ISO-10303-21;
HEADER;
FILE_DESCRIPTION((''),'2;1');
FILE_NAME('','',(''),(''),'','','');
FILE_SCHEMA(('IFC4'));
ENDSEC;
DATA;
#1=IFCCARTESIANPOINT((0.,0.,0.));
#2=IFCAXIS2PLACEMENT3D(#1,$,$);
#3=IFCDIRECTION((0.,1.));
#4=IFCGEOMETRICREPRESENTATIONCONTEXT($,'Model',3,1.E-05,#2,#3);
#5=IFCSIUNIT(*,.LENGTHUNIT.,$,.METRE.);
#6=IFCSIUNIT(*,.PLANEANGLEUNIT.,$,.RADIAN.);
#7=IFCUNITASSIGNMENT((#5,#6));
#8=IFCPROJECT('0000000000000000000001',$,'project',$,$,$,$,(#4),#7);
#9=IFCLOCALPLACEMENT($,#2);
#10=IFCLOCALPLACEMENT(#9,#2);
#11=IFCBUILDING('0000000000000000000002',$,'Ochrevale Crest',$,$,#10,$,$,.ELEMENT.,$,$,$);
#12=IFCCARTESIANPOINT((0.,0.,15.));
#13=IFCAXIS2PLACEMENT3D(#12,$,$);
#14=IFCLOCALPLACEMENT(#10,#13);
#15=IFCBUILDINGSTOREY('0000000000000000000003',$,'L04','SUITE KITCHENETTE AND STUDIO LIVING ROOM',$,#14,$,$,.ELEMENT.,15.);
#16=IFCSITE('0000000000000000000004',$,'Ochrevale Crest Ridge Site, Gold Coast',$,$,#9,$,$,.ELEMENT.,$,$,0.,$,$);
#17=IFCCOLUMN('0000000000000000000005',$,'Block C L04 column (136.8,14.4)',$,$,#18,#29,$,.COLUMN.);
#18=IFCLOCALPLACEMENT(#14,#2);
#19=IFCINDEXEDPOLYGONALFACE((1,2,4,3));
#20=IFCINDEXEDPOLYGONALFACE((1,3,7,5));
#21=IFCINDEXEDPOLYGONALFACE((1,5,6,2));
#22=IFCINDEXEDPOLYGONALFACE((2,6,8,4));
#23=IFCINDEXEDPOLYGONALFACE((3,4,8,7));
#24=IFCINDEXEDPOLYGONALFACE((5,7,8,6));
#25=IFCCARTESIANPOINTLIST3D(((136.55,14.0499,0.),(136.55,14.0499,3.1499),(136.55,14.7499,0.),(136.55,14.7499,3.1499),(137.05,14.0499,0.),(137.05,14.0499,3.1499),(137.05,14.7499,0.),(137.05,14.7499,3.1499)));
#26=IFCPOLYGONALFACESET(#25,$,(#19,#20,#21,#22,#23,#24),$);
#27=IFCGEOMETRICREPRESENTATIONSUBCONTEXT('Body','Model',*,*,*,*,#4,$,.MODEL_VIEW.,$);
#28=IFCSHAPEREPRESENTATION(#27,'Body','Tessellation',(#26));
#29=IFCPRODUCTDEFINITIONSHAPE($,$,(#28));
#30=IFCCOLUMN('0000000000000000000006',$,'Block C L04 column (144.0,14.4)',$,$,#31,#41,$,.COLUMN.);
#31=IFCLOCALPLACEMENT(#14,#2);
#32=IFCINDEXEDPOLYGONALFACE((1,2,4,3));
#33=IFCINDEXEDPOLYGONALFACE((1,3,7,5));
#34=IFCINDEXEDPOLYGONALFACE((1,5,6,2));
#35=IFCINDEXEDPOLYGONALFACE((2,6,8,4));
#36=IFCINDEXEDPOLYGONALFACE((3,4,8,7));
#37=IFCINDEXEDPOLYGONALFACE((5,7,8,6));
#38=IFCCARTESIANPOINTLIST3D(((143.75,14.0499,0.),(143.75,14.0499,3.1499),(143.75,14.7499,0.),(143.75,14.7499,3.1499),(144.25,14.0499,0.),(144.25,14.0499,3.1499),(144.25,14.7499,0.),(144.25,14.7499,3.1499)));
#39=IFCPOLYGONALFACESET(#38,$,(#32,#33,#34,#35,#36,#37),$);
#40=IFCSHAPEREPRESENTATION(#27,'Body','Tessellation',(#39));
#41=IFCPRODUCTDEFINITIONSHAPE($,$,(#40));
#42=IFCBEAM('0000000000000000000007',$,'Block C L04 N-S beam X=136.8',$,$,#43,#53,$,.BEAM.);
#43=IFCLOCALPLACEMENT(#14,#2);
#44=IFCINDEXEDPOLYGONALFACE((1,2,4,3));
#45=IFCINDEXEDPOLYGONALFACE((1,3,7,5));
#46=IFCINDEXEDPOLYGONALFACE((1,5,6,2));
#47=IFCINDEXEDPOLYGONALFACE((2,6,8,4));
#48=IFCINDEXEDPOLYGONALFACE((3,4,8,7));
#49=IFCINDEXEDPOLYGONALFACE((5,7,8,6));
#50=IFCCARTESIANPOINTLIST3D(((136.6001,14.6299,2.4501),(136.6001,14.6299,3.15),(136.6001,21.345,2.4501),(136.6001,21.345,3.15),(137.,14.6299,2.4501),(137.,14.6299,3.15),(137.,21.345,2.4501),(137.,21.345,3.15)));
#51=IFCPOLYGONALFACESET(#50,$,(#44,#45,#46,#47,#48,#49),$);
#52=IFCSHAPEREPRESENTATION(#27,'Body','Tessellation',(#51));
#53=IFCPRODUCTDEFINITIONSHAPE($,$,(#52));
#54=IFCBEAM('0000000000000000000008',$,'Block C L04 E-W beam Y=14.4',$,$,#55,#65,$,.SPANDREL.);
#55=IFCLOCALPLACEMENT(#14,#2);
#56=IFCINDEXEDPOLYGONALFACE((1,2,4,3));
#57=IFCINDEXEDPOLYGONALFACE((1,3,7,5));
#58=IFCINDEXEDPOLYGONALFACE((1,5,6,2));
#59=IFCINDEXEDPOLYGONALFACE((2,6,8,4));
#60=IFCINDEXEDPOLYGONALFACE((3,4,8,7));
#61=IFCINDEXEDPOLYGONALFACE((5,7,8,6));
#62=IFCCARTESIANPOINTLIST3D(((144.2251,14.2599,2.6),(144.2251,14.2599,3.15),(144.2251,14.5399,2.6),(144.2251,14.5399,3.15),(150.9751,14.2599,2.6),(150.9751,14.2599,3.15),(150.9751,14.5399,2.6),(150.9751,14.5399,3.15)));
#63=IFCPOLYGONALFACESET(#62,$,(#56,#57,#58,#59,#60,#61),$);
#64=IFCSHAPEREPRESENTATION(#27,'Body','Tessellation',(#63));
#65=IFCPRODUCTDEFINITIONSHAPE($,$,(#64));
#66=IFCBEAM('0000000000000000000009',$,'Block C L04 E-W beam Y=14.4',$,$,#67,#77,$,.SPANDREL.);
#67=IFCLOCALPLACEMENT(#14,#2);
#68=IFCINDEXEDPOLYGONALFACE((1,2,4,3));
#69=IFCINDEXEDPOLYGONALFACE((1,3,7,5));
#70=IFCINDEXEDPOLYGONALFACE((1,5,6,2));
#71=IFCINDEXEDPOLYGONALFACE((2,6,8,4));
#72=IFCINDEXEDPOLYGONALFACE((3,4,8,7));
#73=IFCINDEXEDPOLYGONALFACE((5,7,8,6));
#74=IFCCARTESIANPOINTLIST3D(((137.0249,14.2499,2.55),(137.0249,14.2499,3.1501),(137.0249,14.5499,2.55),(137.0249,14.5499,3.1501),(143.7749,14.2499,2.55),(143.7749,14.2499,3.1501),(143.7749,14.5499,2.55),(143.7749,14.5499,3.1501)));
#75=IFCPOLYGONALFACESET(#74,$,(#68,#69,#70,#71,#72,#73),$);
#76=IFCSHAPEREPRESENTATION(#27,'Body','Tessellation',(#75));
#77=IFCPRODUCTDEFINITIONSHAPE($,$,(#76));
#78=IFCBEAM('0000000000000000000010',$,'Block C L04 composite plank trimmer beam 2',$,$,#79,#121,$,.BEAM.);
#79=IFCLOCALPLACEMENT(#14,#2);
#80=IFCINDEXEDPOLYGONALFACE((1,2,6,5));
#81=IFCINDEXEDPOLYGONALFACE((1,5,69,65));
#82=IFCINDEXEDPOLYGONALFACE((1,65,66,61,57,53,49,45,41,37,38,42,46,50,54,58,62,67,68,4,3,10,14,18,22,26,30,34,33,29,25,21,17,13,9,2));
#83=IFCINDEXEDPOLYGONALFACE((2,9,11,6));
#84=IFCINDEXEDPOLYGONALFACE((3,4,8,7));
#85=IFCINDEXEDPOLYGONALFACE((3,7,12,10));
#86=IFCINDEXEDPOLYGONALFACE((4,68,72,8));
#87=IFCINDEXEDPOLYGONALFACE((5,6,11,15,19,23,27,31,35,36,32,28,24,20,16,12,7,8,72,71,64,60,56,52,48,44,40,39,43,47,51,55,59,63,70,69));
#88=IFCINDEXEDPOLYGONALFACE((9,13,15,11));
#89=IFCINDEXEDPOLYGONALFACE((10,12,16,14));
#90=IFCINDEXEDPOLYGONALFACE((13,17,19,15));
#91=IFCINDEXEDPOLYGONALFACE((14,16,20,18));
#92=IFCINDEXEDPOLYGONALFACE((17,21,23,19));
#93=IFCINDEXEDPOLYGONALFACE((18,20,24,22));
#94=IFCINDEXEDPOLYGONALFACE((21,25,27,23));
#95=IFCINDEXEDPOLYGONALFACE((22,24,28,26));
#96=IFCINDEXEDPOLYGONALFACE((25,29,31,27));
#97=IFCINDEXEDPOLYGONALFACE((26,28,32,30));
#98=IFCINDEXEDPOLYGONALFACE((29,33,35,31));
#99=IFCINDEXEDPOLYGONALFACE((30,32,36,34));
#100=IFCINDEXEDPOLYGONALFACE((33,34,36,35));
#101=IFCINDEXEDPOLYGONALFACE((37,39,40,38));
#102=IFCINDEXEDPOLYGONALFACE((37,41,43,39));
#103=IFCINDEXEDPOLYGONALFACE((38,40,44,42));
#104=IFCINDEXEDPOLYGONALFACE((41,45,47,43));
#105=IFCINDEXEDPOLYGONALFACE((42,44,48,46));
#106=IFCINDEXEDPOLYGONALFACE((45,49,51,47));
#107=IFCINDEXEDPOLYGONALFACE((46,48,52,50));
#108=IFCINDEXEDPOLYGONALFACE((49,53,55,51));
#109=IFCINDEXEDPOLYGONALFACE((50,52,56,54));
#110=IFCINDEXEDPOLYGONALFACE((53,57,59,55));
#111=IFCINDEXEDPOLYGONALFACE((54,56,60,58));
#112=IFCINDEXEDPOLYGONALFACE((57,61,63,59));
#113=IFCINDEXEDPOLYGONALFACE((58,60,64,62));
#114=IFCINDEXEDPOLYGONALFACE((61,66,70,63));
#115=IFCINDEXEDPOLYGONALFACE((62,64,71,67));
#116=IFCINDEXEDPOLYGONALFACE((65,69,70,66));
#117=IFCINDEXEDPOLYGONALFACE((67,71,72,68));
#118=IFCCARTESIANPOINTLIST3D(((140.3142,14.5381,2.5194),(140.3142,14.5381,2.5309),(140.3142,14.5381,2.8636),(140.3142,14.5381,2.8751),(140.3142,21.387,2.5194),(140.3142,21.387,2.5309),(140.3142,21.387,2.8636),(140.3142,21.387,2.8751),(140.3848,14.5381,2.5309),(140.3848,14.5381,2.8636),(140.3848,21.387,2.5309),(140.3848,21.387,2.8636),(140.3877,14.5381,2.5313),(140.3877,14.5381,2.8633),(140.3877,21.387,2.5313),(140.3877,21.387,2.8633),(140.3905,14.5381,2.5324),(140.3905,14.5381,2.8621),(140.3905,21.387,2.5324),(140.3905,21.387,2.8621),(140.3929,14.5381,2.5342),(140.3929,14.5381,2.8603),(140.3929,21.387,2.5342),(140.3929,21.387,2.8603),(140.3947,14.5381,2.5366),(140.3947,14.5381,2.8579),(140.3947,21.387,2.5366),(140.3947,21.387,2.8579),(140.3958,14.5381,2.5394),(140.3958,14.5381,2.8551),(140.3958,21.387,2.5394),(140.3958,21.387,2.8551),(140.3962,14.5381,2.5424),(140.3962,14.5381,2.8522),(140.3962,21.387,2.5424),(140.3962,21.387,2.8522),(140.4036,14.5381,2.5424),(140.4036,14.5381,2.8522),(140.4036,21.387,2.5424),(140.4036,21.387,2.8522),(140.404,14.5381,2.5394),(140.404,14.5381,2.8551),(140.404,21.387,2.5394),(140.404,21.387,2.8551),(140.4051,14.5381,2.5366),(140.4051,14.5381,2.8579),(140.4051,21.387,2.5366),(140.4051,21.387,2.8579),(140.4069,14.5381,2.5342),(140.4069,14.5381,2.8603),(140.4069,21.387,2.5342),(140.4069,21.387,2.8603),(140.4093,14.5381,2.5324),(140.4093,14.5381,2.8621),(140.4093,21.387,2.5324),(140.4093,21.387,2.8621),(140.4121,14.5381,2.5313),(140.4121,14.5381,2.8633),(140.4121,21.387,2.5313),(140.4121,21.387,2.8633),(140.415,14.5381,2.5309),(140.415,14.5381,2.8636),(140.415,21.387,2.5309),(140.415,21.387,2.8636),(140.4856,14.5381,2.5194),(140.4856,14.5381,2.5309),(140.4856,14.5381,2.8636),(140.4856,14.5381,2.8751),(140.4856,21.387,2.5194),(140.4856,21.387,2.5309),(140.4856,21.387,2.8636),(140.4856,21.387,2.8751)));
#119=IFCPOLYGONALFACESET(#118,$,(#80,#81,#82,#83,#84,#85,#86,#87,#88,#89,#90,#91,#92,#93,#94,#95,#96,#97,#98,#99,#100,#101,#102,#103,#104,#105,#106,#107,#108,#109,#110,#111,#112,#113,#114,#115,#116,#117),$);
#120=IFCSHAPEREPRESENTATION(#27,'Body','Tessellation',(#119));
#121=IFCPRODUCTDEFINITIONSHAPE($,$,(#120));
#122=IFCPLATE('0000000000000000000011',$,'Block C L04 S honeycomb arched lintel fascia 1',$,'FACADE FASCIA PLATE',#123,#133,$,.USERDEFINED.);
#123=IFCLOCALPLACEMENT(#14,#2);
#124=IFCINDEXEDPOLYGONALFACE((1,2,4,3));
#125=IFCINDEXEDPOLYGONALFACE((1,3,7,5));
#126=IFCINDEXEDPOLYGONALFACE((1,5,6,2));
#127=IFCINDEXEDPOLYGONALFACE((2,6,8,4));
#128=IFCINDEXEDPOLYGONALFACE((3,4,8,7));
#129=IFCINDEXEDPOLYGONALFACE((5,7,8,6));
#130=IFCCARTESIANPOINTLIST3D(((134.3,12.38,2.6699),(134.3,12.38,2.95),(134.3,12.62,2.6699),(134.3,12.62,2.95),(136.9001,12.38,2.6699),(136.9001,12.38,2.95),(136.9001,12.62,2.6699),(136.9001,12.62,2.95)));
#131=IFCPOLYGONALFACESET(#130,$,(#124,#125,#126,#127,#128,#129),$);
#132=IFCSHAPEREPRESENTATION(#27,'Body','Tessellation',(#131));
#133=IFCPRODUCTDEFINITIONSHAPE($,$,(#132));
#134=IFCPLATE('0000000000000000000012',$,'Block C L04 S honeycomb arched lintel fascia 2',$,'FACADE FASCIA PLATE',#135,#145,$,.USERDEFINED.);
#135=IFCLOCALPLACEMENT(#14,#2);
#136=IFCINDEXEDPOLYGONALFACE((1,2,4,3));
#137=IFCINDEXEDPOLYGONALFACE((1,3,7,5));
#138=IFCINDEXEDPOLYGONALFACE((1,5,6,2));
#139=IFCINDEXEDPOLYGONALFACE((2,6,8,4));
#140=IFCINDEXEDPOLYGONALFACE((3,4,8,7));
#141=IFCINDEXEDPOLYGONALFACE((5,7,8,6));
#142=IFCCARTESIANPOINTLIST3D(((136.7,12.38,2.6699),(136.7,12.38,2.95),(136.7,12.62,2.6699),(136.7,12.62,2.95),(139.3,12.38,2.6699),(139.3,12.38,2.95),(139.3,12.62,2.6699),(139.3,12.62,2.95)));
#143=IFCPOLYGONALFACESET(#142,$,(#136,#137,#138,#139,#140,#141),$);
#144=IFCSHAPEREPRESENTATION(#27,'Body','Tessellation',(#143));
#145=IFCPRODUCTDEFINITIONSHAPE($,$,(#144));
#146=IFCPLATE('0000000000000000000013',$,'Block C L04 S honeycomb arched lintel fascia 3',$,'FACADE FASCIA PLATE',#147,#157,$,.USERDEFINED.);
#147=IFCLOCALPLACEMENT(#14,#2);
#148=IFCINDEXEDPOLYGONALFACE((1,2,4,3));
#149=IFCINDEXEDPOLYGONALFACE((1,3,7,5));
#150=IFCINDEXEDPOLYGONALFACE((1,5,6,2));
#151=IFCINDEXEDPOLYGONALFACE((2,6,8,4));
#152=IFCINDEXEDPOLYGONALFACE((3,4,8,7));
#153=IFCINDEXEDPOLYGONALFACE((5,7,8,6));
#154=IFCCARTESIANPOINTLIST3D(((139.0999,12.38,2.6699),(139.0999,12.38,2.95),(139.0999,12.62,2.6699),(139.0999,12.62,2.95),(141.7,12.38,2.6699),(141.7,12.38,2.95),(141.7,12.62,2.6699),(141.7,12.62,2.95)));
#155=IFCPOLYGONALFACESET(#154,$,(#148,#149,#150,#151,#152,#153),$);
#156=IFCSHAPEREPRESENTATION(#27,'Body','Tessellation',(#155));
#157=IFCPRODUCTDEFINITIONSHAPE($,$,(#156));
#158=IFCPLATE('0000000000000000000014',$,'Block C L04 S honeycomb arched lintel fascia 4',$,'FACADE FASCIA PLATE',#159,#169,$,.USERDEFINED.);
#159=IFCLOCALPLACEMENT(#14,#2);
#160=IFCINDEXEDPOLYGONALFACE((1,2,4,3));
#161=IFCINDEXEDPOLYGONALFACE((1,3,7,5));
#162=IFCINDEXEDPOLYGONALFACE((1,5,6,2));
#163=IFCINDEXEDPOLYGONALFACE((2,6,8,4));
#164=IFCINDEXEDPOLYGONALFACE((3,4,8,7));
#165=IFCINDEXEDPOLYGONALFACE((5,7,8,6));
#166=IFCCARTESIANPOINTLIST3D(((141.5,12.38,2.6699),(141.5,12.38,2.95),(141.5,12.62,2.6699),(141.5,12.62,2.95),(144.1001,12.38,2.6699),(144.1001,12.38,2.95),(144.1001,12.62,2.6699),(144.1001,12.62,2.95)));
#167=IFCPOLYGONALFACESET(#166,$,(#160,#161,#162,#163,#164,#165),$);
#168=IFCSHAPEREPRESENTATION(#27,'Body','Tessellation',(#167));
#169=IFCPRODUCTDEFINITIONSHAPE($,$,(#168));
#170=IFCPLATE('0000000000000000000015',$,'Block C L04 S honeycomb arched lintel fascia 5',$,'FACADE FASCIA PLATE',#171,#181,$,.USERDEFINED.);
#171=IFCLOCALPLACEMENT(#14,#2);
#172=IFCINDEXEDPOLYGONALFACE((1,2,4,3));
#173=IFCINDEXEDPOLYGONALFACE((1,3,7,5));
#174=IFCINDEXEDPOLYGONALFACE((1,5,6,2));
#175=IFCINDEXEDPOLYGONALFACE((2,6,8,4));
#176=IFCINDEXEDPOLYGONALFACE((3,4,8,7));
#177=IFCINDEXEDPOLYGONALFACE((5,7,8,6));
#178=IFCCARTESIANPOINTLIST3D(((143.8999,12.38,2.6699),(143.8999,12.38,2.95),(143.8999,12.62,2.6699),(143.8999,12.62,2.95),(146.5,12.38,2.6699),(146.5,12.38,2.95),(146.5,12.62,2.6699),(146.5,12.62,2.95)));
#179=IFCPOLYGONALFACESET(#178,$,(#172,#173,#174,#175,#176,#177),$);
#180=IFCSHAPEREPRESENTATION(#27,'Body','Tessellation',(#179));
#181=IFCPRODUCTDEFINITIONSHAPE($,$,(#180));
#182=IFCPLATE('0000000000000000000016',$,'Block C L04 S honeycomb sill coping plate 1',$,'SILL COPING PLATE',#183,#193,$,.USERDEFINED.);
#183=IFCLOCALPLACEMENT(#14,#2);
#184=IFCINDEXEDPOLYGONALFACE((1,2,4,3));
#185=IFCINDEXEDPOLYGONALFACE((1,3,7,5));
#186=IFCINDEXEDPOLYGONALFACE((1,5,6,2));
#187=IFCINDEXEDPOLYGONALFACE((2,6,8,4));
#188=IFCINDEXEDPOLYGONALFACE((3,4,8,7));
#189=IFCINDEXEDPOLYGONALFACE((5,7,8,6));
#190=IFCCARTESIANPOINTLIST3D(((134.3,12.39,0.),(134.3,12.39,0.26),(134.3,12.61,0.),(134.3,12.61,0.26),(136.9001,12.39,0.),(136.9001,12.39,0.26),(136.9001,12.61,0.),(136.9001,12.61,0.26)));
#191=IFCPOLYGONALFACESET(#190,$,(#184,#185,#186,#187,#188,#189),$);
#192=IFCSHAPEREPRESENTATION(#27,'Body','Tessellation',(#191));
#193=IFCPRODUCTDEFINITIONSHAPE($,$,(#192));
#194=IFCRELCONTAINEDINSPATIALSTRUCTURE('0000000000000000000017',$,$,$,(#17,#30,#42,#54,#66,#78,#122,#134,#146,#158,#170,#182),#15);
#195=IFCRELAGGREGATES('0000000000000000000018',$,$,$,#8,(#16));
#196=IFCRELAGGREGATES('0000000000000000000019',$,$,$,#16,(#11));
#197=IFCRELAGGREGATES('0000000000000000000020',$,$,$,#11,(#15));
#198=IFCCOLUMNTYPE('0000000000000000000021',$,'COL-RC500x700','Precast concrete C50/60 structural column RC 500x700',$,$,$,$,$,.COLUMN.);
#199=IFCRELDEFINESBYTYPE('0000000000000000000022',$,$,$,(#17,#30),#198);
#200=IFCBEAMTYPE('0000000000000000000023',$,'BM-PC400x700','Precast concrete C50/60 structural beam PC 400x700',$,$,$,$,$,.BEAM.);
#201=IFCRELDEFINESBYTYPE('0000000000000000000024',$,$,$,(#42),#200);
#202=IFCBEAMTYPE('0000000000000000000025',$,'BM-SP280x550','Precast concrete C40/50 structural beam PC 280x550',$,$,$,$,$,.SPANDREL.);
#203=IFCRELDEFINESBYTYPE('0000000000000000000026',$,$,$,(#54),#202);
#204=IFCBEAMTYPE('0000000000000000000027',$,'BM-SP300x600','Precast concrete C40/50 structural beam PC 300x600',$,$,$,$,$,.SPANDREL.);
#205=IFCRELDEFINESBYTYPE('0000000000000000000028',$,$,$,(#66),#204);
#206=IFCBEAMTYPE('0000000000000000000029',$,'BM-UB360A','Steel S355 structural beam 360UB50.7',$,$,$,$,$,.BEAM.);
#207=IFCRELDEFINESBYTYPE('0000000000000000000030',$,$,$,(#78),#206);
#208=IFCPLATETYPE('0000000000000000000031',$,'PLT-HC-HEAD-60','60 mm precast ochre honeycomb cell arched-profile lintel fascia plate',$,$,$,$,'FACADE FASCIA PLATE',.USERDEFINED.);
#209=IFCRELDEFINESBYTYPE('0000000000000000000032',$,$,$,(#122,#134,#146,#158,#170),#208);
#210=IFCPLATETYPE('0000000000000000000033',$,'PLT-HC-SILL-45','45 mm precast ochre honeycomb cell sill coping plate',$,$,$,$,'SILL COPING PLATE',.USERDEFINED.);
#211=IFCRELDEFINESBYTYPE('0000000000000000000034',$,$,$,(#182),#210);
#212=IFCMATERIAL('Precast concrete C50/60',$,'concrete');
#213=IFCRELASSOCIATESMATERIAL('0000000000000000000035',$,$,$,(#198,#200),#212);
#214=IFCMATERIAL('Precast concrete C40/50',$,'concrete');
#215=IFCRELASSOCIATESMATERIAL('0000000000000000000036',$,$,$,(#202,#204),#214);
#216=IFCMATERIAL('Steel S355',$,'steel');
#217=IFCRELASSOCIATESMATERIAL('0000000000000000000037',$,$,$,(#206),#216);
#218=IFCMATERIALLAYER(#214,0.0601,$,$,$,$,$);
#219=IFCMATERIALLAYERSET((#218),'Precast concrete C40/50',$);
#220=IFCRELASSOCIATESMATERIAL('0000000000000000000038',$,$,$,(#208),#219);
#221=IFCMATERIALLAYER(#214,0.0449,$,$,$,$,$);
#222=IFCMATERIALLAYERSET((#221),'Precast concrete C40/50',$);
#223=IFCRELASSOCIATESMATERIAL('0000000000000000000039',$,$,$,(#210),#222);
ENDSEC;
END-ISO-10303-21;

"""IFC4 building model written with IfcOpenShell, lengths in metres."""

from ifc_helpers import new_model, si_unit, direction, frame, origin, origin_2d, place, context, subcontext, project, spatial, rectangle, i_section, extrude, material, layer, layer_set, material_profile, profile_set, type_object, element, save


model = new_model("IFC4")

# Units and contexts
model_context = context("Model", 3, precision=1e-05, world=origin(), true_north=direction((0.0, 1.0)))
body_context = subcontext(model_context, "Body", "Model", "MODEL_VIEW")
ifc_project = project(units=[si_unit("LENGTHUNIT", "METRE"), si_unit("PLANEANGLEUNIT", "RADIAN")], contexts=[model_context])

# Site, building, storey
site_placement = place(None, origin())
site = spatial("IfcSite", under=ifc_project, at=site_placement, Name="Ochrevale Crest Ridge Site, Gold Coast", CompositionType="ELEMENT", RefElevation=0.0)
building_placement = place(site_placement, origin())
building = spatial("IfcBuilding", under=site, at=building_placement, Name="Ochrevale Crest", CompositionType="ELEMENT")
storey_placement = place(building_placement, frame((0.0, 0.0, 15.0)))
storey = spatial("IfcBuildingStorey", under=building, at=storey_placement, Name="L04", Description="SUITE KITCHENETTE AND STUDIO LIVING ROOM", CompositionType="ELEMENT", Elevation=15.0)

# Columns
ifc_material_1 = material(Name="Precast concrete C50/60", Category="concrete")
ifc_material_profile_1 = material_profile(ifc_material_1, rectangle(XDim=0.5, YDim=0.7, at=origin_2d()), Name="RC 500x700")
ifc_profile_set_1 = profile_set([ifc_material_profile_1], Name="Precast concrete C50/60")
column_type = type_object("IfcColumnType", Name="COL-RC500x700", Description="Precast concrete C50/60 structural column RC 500x700", PredefinedType="COLUMN", material=ifc_profile_set_1)
for number, where, z_axis, x_axis, name in (
    (1, (136.8, 14.3999, 0.0), (0.0, 0.0, 1.0), (1.0, 0.0, 0.0), "Block C L04 column (136.8,14.4)"),
    (2, (144.0, 14.3999, 0.0), (0.0, 0.0, 1.0), (1.0, 0.0, 0.0), "Block C L04 column (144.0,14.4)"),
):
    element("IfcColumn", number, at=place(storey_placement, frame(where, z_axis=z_axis, x_axis=x_axis)), inside=storey, type_object=column_type, Name=name, PredefinedType="COLUMN", context=body_context, shape_type="SweptSolid", body=[
        extrude(rectangle(XDim=0.5, YDim=0.7, at=origin_2d()), origin(), (0.0, 0.0, 1.0), 3.1499),
    ])

# Beams
ifc_material_profile_2 = material_profile(ifc_material_1, rectangle(XDim=0.3999, YDim=0.7, at=origin_2d()), Name="PC 400x700")
ifc_profile_set_2 = profile_set([ifc_material_profile_2], Name="Precast concrete C50/60")
beam_type_1 = type_object("IfcBeamType", Name="BM-PC400x700", Description="Precast concrete C50/60 structural beam PC 400x700", PredefinedType="BEAM", material=ifc_profile_set_2)
beam_1_placement = place(storey_placement, frame((136.8, 14.6299, 2.8), z_axis=(0.0, 1.0, 0.0), x_axis=(-1.0, 0.0, 0.0)))
element("IfcBeam", 3, at=beam_1_placement, inside=storey, type_object=beam_type_1, Name="Block C L04 N-S beam X=136.8", PredefinedType="BEAM", context=body_context, shape_type="SweptSolid", body=[
    extrude(rectangle(XDim=0.3999, YDim=0.7, at=origin_2d()), origin(), (0.0, 0.0, 1.0), 6.7151),
])
ifc_material_2 = material(Name="Precast concrete C40/50", Category="concrete")
ifc_material_profile_3 = material_profile(ifc_material_2, rectangle(XDim=0.28, YDim=0.55, at=origin_2d()), Name="PC 280x550")
ifc_profile_set_3 = profile_set([ifc_material_profile_3], Name="Precast concrete C40/50")
beam_type_2 = type_object("IfcBeamType", Name="BM-SP280x550", Description="Precast concrete C40/50 structural beam PC 280x550", PredefinedType="SPANDREL", material=ifc_profile_set_3)
beam_2_placement = place(storey_placement, frame((144.2251, 14.3999, 2.875), z_axis=(1.0, 0.0, 0.0), x_axis=(0.0, 1.0, 0.0)))
element("IfcBeam", 4, at=beam_2_placement, inside=storey, type_object=beam_type_2, Name="Block C L04 E-W beam Y=14.4", PredefinedType="SPANDREL", context=body_context, shape_type="SweptSolid", body=[
    extrude(rectangle(XDim=0.28, YDim=0.55, at=origin_2d()), origin(), (0.0, 0.0, 1.0), 6.75),
])
ifc_material_profile_4 = material_profile(ifc_material_2, rectangle(XDim=0.3, YDim=0.6001, at=origin_2d()), Name="PC 300x600")
ifc_profile_set_4 = profile_set([ifc_material_profile_4], Name="Precast concrete C40/50")
beam_type_3 = type_object("IfcBeamType", Name="BM-SP300x600", Description="Precast concrete C40/50 structural beam PC 300x600", PredefinedType="SPANDREL", material=ifc_profile_set_4)
beam_3_placement = place(storey_placement, frame((137.0249, 14.3999, 2.8501), z_axis=(1.0, 0.0, 0.0), x_axis=(0.0, 1.0, 0.0)))
element("IfcBeam", 5, at=beam_3_placement, inside=storey, type_object=beam_type_3, Name="Block C L04 E-W beam Y=14.4", PredefinedType="SPANDREL", context=body_context, shape_type="SweptSolid", body=[
    extrude(rectangle(XDim=0.3, YDim=0.6001, at=origin_2d()), origin(), (0.0, 0.0, 1.0), 6.75),
])
ifc_material_3 = material(Name="Steel S355", Category="steel")
ifc_material_profile_5 = material_profile(ifc_material_3, i_section(OverallWidth=0.1714, OverallDepth=0.3557, WebThickness=0.0073, FlangeThickness=0.0115, FilletRadius=0.0115, at=origin_2d()), Name="360UB50.7")
ifc_profile_set_5 = profile_set([ifc_material_profile_5], Name="Steel S355")
beam_type_4 = type_object("IfcBeamType", Name="BM-UB360A", Description="Steel S355 structural beam 360UB50.7", PredefinedType="BEAM", material=ifc_profile_set_5)
beam_4_placement = place(storey_placement, frame((140.3999, 14.5381, 2.6973), z_axis=(0.0, 1.0, 0.0), x_axis=(-1.0, 0.0, 0.0)))
element("IfcBeam", 6, at=beam_4_placement, inside=storey, type_object=beam_type_4, Name="Block C L04 composite plank trimmer beam 2", PredefinedType="BEAM", context=body_context, shape_type="SweptSolid", body=[
    extrude(i_section(OverallWidth=0.1714, OverallDepth=0.3557, WebThickness=0.0073, FlangeThickness=0.0115, FilletRadius=0.0115, at=origin_2d()), origin(), (0.0, 0.0, 1.0), 6.8489),
])

# Plates
ifc_layer_1 = layer(ifc_material_2, 0.0601)
ifc_layer_set_1 = layer_set([ifc_layer_1], Name="Precast concrete C40/50")
plate_type_1 = type_object("IfcPlateType", Name="PLT-HC-HEAD-60", Description="60 mm precast ochre honeycomb cell arched-profile lintel fascia plate", ElementType="FACADE FASCIA PLATE", PredefinedType="USERDEFINED", material=ifc_layer_set_1)
for number, where, z_axis, x_axis, name in (
    (7, (135.6001, 12.5, 2.6699), (0.0, 0.0, 1.0), (1.0, 0.0, 0.0), "Block C L04 S honeycomb arched lintel fascia 1"),
    (8, (138.0, 12.5, 2.6699), (0.0, 0.0, 1.0), (1.0, 0.0, 0.0), "Block C L04 S honeycomb arched lintel fascia 2"),
    (9, (140.3999, 12.5, 2.6699), (0.0, 0.0, 1.0), (1.0, 0.0, 0.0), "Block C L04 S honeycomb arched lintel fascia 3"),
    (10, (142.8, 12.5, 2.6699), (0.0, 0.0, 1.0), (1.0, 0.0, 0.0), "Block C L04 S honeycomb arched lintel fascia 4"),
    (11, (145.2, 12.5, 2.6699), (0.0, 0.0, 1.0), (1.0, 0.0, 0.0), "Block C L04 S honeycomb arched lintel fascia 5"),
):
    element("IfcPlate", number, at=place(storey_placement, frame(where, z_axis=z_axis, x_axis=x_axis)), inside=storey, type_object=plate_type_1, Name=name, ObjectType="FACADE FASCIA PLATE", PredefinedType="USERDEFINED", context=body_context, shape_type="SweptSolid", body=[
        extrude(rectangle(XDim=2.6001, YDim=0.24, at=origin_2d()), origin(), (0.0, 0.0, 1.0), 0.28),
    ])
ifc_layer_2 = layer(ifc_material_2, 0.0449)
ifc_layer_set_2 = layer_set([ifc_layer_2], Name="Precast concrete C40/50")
plate_type_2 = type_object("IfcPlateType", Name="PLT-HC-SILL-45", Description="45 mm precast ochre honeycomb cell sill coping plate", ElementType="SILL COPING PLATE", PredefinedType="USERDEFINED", material=ifc_layer_set_2)
for number, where, z_axis, x_axis, name in (
    (12, (135.6001, 12.5, 0.0), (0.0, 0.0, 1.0), (1.0, 0.0, 0.0), "Block C L04 S honeycomb sill coping plate 1"),
):
    element("IfcPlate", number, at=place(storey_placement, frame(where, z_axis=z_axis, x_axis=x_axis)), inside=storey, type_object=plate_type_2, Name=name, ObjectType="SILL COPING PLATE", PredefinedType="USERDEFINED", context=body_context, shape_type="SweptSolid", body=[
        extrude(rectangle(XDim=2.6001, YDim=0.22, at=origin_2d()), origin(), (0.0, 0.0, 1.0), 0.26),
    ])

save(model, "model.ifc")
